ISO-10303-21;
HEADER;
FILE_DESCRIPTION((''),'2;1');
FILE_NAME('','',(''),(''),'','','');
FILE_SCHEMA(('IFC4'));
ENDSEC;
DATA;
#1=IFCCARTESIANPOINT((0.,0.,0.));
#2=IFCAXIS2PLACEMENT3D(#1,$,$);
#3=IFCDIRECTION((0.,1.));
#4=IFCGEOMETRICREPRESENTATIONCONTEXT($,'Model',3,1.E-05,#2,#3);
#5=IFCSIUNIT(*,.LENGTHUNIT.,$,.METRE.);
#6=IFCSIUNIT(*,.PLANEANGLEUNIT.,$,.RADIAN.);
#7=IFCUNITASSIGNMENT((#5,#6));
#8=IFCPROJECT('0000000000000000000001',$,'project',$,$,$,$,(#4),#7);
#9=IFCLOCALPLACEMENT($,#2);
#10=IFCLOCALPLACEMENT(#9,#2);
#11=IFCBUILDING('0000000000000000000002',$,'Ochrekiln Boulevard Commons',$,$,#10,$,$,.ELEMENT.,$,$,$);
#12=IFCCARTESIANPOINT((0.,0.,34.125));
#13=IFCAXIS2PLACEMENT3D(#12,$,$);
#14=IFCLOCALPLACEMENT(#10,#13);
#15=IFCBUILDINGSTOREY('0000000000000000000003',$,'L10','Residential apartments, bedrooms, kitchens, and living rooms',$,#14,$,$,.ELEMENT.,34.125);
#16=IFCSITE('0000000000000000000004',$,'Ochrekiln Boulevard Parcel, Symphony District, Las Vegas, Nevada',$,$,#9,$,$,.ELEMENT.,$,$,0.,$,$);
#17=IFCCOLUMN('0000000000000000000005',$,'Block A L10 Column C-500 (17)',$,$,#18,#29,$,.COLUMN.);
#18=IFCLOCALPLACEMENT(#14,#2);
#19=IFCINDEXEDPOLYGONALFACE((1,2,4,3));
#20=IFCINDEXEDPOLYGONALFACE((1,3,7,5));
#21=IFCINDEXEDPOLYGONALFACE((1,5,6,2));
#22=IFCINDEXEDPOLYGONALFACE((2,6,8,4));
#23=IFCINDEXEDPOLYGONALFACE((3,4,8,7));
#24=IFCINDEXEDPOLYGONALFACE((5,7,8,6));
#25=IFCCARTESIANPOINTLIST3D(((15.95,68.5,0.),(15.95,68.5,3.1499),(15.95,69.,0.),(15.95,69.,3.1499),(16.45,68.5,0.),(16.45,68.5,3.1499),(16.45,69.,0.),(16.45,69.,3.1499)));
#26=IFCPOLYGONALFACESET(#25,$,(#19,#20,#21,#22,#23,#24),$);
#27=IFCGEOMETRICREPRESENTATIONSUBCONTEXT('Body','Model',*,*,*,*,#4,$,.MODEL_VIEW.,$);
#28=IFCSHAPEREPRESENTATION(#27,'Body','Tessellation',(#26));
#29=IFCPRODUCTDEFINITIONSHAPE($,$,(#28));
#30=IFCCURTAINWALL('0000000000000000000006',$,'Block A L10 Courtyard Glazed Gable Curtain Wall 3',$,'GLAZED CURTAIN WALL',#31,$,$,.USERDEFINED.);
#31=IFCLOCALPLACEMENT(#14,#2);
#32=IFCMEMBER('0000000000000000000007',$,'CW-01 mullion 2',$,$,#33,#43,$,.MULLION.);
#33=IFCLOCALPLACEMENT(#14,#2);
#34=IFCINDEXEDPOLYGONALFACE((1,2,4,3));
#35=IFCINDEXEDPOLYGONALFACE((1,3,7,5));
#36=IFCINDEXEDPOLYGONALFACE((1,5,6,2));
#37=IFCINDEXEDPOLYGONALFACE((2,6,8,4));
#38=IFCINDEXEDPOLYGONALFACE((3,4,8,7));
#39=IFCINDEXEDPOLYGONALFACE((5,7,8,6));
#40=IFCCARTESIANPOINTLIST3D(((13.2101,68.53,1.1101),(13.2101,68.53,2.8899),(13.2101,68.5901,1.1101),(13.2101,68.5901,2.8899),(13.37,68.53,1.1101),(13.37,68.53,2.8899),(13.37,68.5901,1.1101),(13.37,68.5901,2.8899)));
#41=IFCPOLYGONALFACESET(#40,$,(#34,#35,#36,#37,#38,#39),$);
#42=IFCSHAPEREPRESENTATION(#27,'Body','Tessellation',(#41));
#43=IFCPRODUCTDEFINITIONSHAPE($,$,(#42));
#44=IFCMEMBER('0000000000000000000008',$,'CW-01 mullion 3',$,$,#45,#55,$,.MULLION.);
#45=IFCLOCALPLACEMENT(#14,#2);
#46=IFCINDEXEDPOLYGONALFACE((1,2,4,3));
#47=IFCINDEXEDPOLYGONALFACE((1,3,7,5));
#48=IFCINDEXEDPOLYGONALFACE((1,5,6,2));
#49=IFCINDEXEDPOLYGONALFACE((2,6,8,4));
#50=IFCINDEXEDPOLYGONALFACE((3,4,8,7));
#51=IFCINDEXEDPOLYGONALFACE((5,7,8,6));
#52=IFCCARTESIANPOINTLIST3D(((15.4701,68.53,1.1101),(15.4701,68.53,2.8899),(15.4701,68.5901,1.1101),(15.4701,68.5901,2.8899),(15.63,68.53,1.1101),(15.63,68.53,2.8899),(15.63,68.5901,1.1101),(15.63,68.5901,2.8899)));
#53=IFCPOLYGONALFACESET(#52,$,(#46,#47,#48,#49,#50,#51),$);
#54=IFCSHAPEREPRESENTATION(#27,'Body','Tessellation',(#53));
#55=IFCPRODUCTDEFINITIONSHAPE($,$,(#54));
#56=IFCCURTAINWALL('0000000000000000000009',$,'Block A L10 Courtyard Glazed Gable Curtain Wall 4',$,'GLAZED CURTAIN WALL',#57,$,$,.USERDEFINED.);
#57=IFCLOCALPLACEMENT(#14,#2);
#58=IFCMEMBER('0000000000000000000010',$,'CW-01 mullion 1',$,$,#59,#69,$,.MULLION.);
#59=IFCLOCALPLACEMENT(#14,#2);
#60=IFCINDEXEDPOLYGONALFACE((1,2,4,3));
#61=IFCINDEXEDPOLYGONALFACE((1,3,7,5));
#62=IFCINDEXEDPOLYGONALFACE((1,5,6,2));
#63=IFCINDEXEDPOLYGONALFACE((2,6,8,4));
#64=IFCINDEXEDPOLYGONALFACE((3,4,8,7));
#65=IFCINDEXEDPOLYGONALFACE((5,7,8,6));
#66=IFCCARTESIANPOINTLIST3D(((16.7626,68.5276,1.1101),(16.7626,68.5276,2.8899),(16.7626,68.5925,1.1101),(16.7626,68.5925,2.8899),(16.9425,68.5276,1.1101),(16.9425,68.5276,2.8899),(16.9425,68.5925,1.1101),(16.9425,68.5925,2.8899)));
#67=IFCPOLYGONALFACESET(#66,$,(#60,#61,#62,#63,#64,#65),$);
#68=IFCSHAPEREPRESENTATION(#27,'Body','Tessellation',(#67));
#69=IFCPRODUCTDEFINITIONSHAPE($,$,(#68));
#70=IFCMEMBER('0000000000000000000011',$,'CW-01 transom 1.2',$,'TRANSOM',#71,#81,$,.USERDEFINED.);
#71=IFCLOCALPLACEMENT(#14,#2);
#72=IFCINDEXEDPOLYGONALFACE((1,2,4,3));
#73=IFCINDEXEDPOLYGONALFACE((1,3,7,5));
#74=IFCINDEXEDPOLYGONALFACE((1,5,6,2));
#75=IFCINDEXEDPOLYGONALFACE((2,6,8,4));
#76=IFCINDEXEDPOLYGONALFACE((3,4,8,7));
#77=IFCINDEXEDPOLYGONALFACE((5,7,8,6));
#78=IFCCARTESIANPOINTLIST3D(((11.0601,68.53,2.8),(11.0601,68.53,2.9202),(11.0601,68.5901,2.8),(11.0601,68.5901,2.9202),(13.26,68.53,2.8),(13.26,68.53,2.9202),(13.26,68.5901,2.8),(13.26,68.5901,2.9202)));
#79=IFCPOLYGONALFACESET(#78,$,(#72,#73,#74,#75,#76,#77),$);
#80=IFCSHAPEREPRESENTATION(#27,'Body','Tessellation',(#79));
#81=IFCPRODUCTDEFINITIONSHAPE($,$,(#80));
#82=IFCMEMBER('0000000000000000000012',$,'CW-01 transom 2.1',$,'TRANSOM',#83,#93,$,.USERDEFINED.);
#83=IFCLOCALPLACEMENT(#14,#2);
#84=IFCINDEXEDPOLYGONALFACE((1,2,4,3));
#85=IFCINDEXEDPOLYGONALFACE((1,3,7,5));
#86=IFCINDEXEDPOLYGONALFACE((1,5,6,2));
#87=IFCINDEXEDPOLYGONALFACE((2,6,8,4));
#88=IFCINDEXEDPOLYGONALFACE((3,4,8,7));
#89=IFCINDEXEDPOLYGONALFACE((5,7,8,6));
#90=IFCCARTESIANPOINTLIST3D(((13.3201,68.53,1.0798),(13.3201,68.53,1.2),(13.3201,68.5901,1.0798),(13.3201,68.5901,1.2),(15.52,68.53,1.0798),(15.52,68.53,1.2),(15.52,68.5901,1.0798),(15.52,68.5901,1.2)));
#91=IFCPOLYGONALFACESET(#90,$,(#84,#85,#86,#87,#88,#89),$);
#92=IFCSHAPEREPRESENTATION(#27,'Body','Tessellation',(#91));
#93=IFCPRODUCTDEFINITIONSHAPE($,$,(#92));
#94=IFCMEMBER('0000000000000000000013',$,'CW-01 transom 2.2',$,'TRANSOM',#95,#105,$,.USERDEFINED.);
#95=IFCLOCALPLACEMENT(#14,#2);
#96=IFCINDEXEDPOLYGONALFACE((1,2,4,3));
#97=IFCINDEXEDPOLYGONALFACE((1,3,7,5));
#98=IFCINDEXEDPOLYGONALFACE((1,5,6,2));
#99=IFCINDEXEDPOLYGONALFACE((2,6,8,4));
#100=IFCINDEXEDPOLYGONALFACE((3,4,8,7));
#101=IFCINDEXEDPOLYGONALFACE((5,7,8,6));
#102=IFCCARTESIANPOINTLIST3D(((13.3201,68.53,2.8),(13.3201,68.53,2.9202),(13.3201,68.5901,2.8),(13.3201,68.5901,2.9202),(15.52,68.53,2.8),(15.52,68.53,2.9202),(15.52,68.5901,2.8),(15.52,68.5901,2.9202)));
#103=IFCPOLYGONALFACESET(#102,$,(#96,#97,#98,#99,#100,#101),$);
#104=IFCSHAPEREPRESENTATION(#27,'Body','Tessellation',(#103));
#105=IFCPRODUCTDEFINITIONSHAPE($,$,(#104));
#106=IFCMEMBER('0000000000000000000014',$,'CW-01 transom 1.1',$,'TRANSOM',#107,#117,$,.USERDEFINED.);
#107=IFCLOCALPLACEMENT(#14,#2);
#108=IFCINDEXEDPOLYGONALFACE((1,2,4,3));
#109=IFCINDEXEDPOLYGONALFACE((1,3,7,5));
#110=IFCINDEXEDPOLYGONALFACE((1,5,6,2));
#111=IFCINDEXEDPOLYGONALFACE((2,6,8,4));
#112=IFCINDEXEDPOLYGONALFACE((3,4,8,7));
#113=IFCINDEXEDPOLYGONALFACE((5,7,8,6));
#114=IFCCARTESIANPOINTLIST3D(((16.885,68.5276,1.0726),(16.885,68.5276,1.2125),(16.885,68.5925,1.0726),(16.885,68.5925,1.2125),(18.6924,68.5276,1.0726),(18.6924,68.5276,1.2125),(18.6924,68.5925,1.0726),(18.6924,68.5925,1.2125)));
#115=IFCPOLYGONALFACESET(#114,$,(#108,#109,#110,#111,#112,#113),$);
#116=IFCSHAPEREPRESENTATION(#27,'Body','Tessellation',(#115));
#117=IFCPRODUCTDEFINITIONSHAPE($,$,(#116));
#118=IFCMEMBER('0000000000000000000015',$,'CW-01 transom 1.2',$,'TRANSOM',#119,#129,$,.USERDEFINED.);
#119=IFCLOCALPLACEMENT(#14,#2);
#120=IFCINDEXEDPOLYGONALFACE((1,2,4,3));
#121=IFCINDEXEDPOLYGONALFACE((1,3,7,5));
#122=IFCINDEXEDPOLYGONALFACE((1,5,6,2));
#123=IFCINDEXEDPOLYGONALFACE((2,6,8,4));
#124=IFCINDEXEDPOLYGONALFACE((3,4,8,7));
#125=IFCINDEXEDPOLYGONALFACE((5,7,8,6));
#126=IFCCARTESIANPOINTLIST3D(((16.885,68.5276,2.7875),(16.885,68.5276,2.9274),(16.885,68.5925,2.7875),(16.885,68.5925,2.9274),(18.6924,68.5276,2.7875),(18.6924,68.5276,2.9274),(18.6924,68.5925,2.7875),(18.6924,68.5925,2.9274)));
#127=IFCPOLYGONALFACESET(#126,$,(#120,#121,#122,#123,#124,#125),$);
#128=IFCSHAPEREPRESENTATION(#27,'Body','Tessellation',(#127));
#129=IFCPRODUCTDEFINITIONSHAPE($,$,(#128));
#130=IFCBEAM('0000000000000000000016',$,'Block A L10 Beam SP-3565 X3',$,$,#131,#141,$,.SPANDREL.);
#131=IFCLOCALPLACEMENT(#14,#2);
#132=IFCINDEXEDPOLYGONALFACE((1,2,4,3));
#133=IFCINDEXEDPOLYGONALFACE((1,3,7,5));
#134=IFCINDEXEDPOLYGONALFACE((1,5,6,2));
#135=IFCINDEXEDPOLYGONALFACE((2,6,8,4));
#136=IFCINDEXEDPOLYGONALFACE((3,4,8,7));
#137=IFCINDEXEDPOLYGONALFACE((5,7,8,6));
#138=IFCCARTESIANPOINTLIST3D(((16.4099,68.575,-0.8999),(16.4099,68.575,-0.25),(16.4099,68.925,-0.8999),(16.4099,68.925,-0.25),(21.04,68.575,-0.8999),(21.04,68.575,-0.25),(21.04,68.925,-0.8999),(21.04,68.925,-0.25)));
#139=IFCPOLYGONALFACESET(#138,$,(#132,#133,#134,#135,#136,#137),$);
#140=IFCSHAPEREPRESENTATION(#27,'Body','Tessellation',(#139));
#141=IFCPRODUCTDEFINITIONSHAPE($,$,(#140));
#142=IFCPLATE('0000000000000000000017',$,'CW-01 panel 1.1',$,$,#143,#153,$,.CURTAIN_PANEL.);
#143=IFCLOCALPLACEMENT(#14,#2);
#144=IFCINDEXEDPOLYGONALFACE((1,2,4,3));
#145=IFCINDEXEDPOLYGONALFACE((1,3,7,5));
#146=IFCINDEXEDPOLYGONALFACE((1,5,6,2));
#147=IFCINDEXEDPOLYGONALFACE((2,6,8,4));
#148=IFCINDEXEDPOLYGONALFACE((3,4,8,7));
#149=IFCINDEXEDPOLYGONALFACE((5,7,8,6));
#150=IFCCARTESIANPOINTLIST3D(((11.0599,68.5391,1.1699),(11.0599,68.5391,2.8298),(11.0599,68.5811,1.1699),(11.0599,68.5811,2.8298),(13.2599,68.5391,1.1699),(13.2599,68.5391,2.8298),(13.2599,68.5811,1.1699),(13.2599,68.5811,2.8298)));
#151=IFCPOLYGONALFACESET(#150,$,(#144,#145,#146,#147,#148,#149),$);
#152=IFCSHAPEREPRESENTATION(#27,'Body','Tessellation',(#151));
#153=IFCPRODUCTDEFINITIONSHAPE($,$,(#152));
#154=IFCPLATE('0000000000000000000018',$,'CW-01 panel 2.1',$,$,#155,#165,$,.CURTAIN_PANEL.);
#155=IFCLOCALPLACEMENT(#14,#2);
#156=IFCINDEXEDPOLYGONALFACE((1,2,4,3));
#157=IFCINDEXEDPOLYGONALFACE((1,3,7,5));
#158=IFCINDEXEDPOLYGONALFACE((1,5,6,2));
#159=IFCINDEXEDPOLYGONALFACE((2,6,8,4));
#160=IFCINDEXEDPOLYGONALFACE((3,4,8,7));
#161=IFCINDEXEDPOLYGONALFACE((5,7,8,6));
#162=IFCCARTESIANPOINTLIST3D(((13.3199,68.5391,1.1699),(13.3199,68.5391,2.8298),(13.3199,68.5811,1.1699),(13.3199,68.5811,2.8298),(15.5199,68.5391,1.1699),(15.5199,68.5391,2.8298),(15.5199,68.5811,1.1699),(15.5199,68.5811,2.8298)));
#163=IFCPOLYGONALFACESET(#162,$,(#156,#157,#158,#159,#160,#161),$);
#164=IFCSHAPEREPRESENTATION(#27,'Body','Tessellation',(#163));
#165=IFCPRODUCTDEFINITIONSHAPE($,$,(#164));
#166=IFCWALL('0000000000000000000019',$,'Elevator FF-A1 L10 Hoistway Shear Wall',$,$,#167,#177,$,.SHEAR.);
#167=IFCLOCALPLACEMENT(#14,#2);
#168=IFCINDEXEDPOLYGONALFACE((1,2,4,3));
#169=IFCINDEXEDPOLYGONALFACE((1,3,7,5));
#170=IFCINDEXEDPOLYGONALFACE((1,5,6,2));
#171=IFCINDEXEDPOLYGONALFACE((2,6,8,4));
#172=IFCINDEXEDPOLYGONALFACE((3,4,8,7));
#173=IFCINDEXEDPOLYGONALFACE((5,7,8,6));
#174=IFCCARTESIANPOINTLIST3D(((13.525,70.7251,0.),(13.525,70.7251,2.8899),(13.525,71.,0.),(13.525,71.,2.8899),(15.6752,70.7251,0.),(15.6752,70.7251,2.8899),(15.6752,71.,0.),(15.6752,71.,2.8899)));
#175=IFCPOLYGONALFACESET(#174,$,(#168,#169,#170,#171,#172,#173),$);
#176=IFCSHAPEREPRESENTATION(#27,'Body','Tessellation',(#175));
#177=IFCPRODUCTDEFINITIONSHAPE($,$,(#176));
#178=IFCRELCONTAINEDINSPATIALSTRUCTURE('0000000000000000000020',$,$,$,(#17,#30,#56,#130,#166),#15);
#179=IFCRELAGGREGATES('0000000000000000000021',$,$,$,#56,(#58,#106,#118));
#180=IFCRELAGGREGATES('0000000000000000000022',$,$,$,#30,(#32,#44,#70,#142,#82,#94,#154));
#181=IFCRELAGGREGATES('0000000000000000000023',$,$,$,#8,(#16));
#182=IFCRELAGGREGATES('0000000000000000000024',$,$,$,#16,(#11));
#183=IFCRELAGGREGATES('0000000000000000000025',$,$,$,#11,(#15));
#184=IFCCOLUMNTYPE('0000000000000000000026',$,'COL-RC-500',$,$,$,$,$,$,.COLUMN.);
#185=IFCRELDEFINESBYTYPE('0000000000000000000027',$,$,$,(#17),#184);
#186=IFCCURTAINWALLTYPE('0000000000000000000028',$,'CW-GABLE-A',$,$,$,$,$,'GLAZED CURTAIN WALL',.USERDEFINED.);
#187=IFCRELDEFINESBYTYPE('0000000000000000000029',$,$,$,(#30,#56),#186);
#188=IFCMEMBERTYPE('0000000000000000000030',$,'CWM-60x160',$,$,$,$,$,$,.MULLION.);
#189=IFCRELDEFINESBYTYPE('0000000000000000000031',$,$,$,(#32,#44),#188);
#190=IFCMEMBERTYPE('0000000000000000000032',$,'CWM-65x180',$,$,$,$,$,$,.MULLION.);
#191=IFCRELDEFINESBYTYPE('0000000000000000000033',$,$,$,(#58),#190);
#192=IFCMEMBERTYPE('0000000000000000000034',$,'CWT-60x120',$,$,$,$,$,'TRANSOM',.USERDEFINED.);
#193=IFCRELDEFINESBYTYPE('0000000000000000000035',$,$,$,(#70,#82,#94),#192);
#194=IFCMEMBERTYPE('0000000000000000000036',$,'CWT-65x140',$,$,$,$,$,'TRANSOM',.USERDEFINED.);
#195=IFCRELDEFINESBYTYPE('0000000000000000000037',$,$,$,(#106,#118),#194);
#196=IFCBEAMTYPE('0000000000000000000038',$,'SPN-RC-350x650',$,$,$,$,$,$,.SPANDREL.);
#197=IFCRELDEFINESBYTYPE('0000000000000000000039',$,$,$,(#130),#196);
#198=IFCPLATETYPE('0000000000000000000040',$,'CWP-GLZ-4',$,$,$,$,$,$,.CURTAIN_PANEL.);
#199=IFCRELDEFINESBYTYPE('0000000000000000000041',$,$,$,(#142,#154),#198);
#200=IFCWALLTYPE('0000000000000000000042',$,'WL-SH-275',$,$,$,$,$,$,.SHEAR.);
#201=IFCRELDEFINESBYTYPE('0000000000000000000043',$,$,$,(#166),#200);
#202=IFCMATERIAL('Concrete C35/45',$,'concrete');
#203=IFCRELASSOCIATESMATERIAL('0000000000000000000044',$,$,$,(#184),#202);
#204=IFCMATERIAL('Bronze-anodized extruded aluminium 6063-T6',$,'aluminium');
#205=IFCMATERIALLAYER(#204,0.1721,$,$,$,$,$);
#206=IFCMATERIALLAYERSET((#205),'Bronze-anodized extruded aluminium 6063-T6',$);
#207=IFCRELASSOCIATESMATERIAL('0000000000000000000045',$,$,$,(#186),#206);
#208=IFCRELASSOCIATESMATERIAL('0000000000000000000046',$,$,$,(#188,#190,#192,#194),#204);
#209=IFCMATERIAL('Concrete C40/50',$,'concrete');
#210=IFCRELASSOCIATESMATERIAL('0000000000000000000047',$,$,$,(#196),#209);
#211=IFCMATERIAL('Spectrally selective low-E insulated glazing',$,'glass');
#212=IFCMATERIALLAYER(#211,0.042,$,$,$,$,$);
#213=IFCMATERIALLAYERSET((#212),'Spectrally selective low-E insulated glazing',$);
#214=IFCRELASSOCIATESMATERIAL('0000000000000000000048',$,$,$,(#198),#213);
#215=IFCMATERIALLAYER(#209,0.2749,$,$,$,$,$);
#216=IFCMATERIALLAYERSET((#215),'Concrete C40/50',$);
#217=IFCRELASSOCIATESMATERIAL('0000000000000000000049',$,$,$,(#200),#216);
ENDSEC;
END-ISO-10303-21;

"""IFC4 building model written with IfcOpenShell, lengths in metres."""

from ifc_helpers import new_model, si_unit, direction, frame, frame_2d, origin, origin_2d, place, context, subcontext, project, spatial, rectangle, extrude, material, layer, layer_set, material_profile, profile_set, type_object, element, aggregate, save


model = new_model("IFC4")

# Units and contexts
model_context = context("Model", 3, precision=1e-05, world=origin(), true_north=direction((0.0, 1.0)))
body_context = subcontext(model_context, "Body", "Model", "MODEL_VIEW")
ifc_project = project(units=[si_unit("LENGTHUNIT", "METRE"), si_unit("PLANEANGLEUNIT", "RADIAN")], contexts=[model_context])

# Site, building, storey
site_placement = place(None, origin())
site = spatial("IfcSite", under=ifc_project, at=site_placement, Name="Ochrekiln Boulevard Parcel, Symphony District, Las Vegas, Nevada", CompositionType="ELEMENT", RefElevation=0.0)
building_placement = place(site_placement, origin())
building = spatial("IfcBuilding", under=site, at=building_placement, Name="Ochrekiln Boulevard Commons", CompositionType="ELEMENT")
storey_placement = place(building_placement, frame((0.0, 0.0, 34.125)))
storey = spatial("IfcBuildingStorey", under=building, at=storey_placement, Name="L10", Description="Residential apartments, bedrooms, kitchens, and living rooms", CompositionType="ELEMENT", Elevation=34.125)

# Column
ifc_material_1 = material(Name="Concrete C35/45", Category="concrete")
ifc_material_profile_1 = material_profile(ifc_material_1, rectangle(XDim=0.5, YDim=0.5, at=origin_2d()), Name="RC-COL-500x500")
ifc_profile_set_1 = profile_set([ifc_material_profile_1], Name="Concrete C35/45")
column_type = type_object("IfcColumnType", Name="COL-RC-500", PredefinedType="COLUMN", material=ifc_profile_set_1)
column_placement = place(storey_placement, frame((16.2, 68.75, 0.0), z_axis=(0.0, 0.0, 1.0), x_axis=(1.0, 0.0, 0.0)))
element("IfcColumn", 1, at=column_placement, inside=storey, type_object=column_type, Name="Block A L10 Column C-500 (17)", PredefinedType="COLUMN", context=body_context, shape_type="SweptSolid", body=[
    extrude(rectangle(XDim=0.5, YDim=0.5, at=origin_2d()), origin(), (0.0, 0.0, 1.0), 3.1499),
])

# Curtain wall, members
ifc_material_2 = material(Name="Bronze-anodized extruded aluminium 6063-T6", Category="aluminium")
ifc_layer_1 = layer(ifc_material_2, 0.1721)
ifc_layer_set_1 = layer_set([ifc_layer_1], Name="Bronze-anodized extruded aluminium 6063-T6")
curtain_wall_type = type_object("IfcCurtainWallType", Name="CW-GABLE-A", ElementType="GLAZED CURTAIN WALL", PredefinedType="USERDEFINED", material=ifc_layer_set_1)
curtain_wall_1_placement = place(storey_placement, origin())
curtain_wall_1 = element("IfcCurtainWall", 2, at=curtain_wall_1_placement, inside=storey, type_object=curtain_wall_type, Name="Block A L10 Courtyard Glazed Gable Curtain Wall 3", ObjectType="GLAZED CURTAIN WALL", PredefinedType="USERDEFINED")
ifc_material_profile_2 = material_profile(ifc_material_2, rectangle(XDim=0.0601, YDim=0.1599, at=origin_2d()), Name="ALU-MUL-60x160")
ifc_profile_set_2 = profile_set([ifc_material_profile_2], Name="Bronze-anodized extruded aluminium 6063-T6")
member_type_1 = type_object("IfcMemberType", Name="CWM-60x160", PredefinedType="MULLION", material=ifc_profile_set_2)
member_1_placement = place(storey_placement, frame((13.29, 68.5601, 1.1101), z_axis=(0.0, 0.0, 1.0), x_axis=(0.0, 1.0, 0.0)))
member_1 = element("IfcMember", 3, at=member_1_placement, type_object=member_type_1, Name="CW-01 mullion 2", PredefinedType="MULLION", context=body_context, shape_type="SweptSolid", body=[
    extrude(rectangle(XDim=0.0601, YDim=0.1599, at=origin_2d()), origin(), (0.0, 0.0, 1.0), 1.7798),
])
member_2_placement = place(storey_placement, frame((15.55, 68.5601, 1.1101), z_axis=(0.0, 0.0, 1.0), x_axis=(0.0, 1.0, 0.0)))
member_2 = element("IfcMember", 4, at=member_2_placement, type_object=member_type_1, Name="CW-01 mullion 3", PredefinedType="MULLION", context=body_context, shape_type="SweptSolid", body=[
    extrude(rectangle(XDim=0.0601, YDim=0.1599, at=origin_2d()), origin(), (0.0, 0.0, 1.0), 1.7798),
])

# Curtain wall, member
curtain_wall_2_placement = place(storey_placement, origin())
curtain_wall_2 = element("IfcCurtainWall", 5, at=curtain_wall_2_placement, inside=storey, type_object=curtain_wall_type, Name="Block A L10 Courtyard Glazed Gable Curtain Wall 4", ObjectType="GLAZED CURTAIN WALL", PredefinedType="USERDEFINED")
ifc_material_profile_3 = material_profile(ifc_material_2, rectangle(XDim=0.0649, YDim=0.1799, at=origin_2d()), Name="ALU-MUL-65x180")
ifc_profile_set_3 = profile_set([ifc_material_profile_3], Name="Bronze-anodized extruded aluminium 6063-T6")
member_type_2 = type_object("IfcMemberType", Name="CWM-65x180", PredefinedType="MULLION", material=ifc_profile_set_3)
member_3_placement = place(storey_placement, frame((16.8525, 68.5601, 1.1101), z_axis=(0.0, 0.0, 1.0), x_axis=(0.0, 1.0, 0.0)))
member_3 = element("IfcMember", 6, at=member_3_placement, type_object=member_type_2, Name="CW-01 mullion 1", PredefinedType="MULLION", context=body_context, shape_type="SweptSolid", body=[
    extrude(rectangle(XDim=0.0649, YDim=0.1799, at=origin_2d()), origin(), (0.0, 0.0, 1.0), 1.7798),
])

# Members
ifc_material_profile_4 = material_profile(ifc_material_2, rectangle(XDim=0.0601, YDim=0.1201, at=origin_2d()), Name="ALU-TRN-60x120")
ifc_profile_set_4 = profile_set([ifc_material_profile_4], Name="Bronze-anodized extruded aluminium 6063-T6")
member_type_3 = type_object("IfcMemberType", Name="CWT-60x120", ElementType="TRANSOM", PredefinedType="USERDEFINED", material=ifc_profile_set_4)
member_4_placement = place(storey_placement, frame((11.0601, 68.5601, 2.8601), z_axis=(1.0, 0.0, 0.0), x_axis=(0.0, 1.0, 0.0)))
member_4 = element("IfcMember", 7, at=member_4_placement, type_object=member_type_3, Name="CW-01 transom 1.2", ObjectType="TRANSOM", PredefinedType="USERDEFINED", context=body_context, shape_type="SweptSolid", body=[
    extrude(rectangle(XDim=0.0601, YDim=0.1201, at=origin_2d()), origin(), (0.0, 0.0, 1.0), 2.2),
])
member_5_placement = place(storey_placement, frame((13.3201, 68.5601, 1.1399), z_axis=(1.0, 0.0, 0.0), x_axis=(0.0, 1.0, 0.0)))
member_5 = element("IfcMember", 8, at=member_5_placement, type_object=member_type_3, Name="CW-01 transom 2.1", ObjectType="TRANSOM", PredefinedType="USERDEFINED", context=body_context, shape_type="SweptSolid", body=[
    extrude(rectangle(XDim=0.0601, YDim=0.1201, at=origin_2d()), origin(), (0.0, 0.0, 1.0), 2.2),
])
member_6_placement = place(storey_placement, frame((13.3201, 68.5601, 2.8601), z_axis=(1.0, 0.0, 0.0), x_axis=(0.0, 1.0, 0.0)))
member_6 = element("IfcMember", 9, at=member_6_placement, type_object=member_type_3, Name="CW-01 transom 2.2", ObjectType="TRANSOM", PredefinedType="USERDEFINED", context=body_context, shape_type="SweptSolid", body=[
    extrude(rectangle(XDim=0.0601, YDim=0.1201, at=origin_2d()), origin(), (0.0, 0.0, 1.0), 2.2),
])
ifc_material_profile_5 = material_profile(ifc_material_2, rectangle(XDim=0.0649, YDim=0.1399, at=origin_2d()), Name="ALU-TRN-65x140")
ifc_profile_set_5 = profile_set([ifc_material_profile_5], Name="Bronze-anodized extruded aluminium 6063-T6")
member_type_4 = type_object("IfcMemberType", Name="CWT-65x140", ElementType="TRANSOM", PredefinedType="USERDEFINED", material=ifc_profile_set_5)
member_7_placement = place(storey_placement, frame((16.885, 68.5601, 1.1426), z_axis=(1.0, 0.0, 0.0), x_axis=(0.0, 1.0, 0.0)))
member_7 = element("IfcMember", 10, at=member_7_placement, type_object=member_type_4, Name="CW-01 transom 1.1", ObjectType="TRANSOM", PredefinedType="USERDEFINED", context=body_context, shape_type="SweptSolid", body=[
    extrude(rectangle(XDim=0.0649, YDim=0.1399, at=origin_2d()), origin(), (0.0, 0.0, 1.0), 1.8074),
])
member_8_placement = place(storey_placement, frame((16.885, 68.5601, 2.8574), z_axis=(1.0, 0.0, 0.0), x_axis=(0.0, 1.0, 0.0)))
member_8 = element("IfcMember", 11, at=member_8_placement, type_object=member_type_4, Name="CW-01 transom 1.2", ObjectType="TRANSOM", PredefinedType="USERDEFINED", context=body_context, shape_type="SweptSolid", body=[
    extrude(rectangle(XDim=0.0649, YDim=0.1399, at=origin_2d()), origin(), (0.0, 0.0, 1.0), 1.8074),
])
aggregate(curtain_wall_2, [member_3, member_7, member_8])

# Beam
ifc_material_3 = material(Name="Concrete C40/50", Category="concrete")
ifc_material_profile_6 = material_profile(ifc_material_3, rectangle(XDim=0.3501, YDim=0.6499, at=origin_2d()), Name="RC-SPN-350x650")
ifc_profile_set_6 = profile_set([ifc_material_profile_6], Name="Concrete C40/50")
beam_type = type_object("IfcBeamType", Name="SPN-RC-350x650", PredefinedType="SPANDREL", material=ifc_profile_set_6)
beam_placement = place(storey_placement, frame((16.4099, 68.75, -0.575), z_axis=(1.0, 0.0, 0.0), x_axis=(0.0, 1.0, 0.0)))
element("IfcBeam", 12, at=beam_placement, inside=storey, type_object=beam_type, Name="Block A L10 Beam SP-3565 X3", PredefinedType="SPANDREL", context=body_context, shape_type="SweptSolid", body=[
    extrude(rectangle(XDim=0.3501, YDim=0.6499, at=origin_2d()), origin(), (0.0, 0.0, 1.0), 4.6301),
])

# Plates
ifc_material_4 = material(Name="Spectrally selective low-E insulated glazing", Category="glass")
ifc_layer_2 = layer(ifc_material_4, 0.042)
ifc_layer_set_2 = layer_set([ifc_layer_2], Name="Spectrally selective low-E insulated glazing")
plate_type = type_object("IfcPlateType", Name="CWP-GLZ-4", PredefinedType="CURTAIN_PANEL", material=ifc_layer_set_2)
plate_1_placement = place(storey_placement, frame((12.1599, 68.5601, 1.1699), z_axis=(0.0, 0.0, 1.0), x_axis=(1.0, 0.0, 0.0)))
plate_1 = element("IfcPlate", 13, at=plate_1_placement, type_object=plate_type, Name="CW-01 panel 1.1", PredefinedType="CURTAIN_PANEL", context=body_context, shape_type="SweptSolid", body=[
    extrude(rectangle(XDim=2.2, YDim=0.042, at=origin_2d()), origin(), (0.0, 0.0, 1.0), 1.6599),
])
plate_2_placement = place(storey_placement, frame((14.4199, 68.5601, 1.1699), z_axis=(0.0, 0.0, 1.0), x_axis=(1.0, 0.0, 0.0)))
plate_2 = element("IfcPlate", 14, at=plate_2_placement, type_object=plate_type, Name="CW-01 panel 2.1", PredefinedType="CURTAIN_PANEL", context=body_context, shape_type="SweptSolid", body=[
    extrude(rectangle(XDim=2.2, YDim=0.042, at=origin_2d()), origin(), (0.0, 0.0, 1.0), 1.6599),
])
aggregate(curtain_wall_1, [member_1, member_2, member_4, plate_1, member_5, member_6, plate_2])

# Wall
ifc_layer_3 = layer(ifc_material_3, 0.2749)
ifc_layer_set_3 = layer_set([ifc_layer_3], Name="Concrete C40/50")
wall_type = type_object("IfcWallType", Name="WL-SH-275", PredefinedType="SHEAR", material=ifc_layer_set_3)
for number, where, z_axis, x_axis, name in (
    (15, (13.5249, 70.8625, 0.0), (0.0, 0.0, 1.0), (1.0, 0.0, 0.0), "Elevator FF-A1 L10 Hoistway Shear Wall"),
):
    element("IfcWall", number, at=place(storey_placement, frame(where, z_axis=z_axis, x_axis=x_axis)), inside=storey, type_object=wall_type, Name=name, PredefinedType="SHEAR", context=body_context, shape_type="SweptSolid", body=[
        extrude(rectangle(XDim=2.1501, YDim=0.2749, at=frame_2d((1.0752, 0.0))), origin(), (0.0, 0.0, 1.0), 2.8899),
    ])

save(model, "model.ifc")
